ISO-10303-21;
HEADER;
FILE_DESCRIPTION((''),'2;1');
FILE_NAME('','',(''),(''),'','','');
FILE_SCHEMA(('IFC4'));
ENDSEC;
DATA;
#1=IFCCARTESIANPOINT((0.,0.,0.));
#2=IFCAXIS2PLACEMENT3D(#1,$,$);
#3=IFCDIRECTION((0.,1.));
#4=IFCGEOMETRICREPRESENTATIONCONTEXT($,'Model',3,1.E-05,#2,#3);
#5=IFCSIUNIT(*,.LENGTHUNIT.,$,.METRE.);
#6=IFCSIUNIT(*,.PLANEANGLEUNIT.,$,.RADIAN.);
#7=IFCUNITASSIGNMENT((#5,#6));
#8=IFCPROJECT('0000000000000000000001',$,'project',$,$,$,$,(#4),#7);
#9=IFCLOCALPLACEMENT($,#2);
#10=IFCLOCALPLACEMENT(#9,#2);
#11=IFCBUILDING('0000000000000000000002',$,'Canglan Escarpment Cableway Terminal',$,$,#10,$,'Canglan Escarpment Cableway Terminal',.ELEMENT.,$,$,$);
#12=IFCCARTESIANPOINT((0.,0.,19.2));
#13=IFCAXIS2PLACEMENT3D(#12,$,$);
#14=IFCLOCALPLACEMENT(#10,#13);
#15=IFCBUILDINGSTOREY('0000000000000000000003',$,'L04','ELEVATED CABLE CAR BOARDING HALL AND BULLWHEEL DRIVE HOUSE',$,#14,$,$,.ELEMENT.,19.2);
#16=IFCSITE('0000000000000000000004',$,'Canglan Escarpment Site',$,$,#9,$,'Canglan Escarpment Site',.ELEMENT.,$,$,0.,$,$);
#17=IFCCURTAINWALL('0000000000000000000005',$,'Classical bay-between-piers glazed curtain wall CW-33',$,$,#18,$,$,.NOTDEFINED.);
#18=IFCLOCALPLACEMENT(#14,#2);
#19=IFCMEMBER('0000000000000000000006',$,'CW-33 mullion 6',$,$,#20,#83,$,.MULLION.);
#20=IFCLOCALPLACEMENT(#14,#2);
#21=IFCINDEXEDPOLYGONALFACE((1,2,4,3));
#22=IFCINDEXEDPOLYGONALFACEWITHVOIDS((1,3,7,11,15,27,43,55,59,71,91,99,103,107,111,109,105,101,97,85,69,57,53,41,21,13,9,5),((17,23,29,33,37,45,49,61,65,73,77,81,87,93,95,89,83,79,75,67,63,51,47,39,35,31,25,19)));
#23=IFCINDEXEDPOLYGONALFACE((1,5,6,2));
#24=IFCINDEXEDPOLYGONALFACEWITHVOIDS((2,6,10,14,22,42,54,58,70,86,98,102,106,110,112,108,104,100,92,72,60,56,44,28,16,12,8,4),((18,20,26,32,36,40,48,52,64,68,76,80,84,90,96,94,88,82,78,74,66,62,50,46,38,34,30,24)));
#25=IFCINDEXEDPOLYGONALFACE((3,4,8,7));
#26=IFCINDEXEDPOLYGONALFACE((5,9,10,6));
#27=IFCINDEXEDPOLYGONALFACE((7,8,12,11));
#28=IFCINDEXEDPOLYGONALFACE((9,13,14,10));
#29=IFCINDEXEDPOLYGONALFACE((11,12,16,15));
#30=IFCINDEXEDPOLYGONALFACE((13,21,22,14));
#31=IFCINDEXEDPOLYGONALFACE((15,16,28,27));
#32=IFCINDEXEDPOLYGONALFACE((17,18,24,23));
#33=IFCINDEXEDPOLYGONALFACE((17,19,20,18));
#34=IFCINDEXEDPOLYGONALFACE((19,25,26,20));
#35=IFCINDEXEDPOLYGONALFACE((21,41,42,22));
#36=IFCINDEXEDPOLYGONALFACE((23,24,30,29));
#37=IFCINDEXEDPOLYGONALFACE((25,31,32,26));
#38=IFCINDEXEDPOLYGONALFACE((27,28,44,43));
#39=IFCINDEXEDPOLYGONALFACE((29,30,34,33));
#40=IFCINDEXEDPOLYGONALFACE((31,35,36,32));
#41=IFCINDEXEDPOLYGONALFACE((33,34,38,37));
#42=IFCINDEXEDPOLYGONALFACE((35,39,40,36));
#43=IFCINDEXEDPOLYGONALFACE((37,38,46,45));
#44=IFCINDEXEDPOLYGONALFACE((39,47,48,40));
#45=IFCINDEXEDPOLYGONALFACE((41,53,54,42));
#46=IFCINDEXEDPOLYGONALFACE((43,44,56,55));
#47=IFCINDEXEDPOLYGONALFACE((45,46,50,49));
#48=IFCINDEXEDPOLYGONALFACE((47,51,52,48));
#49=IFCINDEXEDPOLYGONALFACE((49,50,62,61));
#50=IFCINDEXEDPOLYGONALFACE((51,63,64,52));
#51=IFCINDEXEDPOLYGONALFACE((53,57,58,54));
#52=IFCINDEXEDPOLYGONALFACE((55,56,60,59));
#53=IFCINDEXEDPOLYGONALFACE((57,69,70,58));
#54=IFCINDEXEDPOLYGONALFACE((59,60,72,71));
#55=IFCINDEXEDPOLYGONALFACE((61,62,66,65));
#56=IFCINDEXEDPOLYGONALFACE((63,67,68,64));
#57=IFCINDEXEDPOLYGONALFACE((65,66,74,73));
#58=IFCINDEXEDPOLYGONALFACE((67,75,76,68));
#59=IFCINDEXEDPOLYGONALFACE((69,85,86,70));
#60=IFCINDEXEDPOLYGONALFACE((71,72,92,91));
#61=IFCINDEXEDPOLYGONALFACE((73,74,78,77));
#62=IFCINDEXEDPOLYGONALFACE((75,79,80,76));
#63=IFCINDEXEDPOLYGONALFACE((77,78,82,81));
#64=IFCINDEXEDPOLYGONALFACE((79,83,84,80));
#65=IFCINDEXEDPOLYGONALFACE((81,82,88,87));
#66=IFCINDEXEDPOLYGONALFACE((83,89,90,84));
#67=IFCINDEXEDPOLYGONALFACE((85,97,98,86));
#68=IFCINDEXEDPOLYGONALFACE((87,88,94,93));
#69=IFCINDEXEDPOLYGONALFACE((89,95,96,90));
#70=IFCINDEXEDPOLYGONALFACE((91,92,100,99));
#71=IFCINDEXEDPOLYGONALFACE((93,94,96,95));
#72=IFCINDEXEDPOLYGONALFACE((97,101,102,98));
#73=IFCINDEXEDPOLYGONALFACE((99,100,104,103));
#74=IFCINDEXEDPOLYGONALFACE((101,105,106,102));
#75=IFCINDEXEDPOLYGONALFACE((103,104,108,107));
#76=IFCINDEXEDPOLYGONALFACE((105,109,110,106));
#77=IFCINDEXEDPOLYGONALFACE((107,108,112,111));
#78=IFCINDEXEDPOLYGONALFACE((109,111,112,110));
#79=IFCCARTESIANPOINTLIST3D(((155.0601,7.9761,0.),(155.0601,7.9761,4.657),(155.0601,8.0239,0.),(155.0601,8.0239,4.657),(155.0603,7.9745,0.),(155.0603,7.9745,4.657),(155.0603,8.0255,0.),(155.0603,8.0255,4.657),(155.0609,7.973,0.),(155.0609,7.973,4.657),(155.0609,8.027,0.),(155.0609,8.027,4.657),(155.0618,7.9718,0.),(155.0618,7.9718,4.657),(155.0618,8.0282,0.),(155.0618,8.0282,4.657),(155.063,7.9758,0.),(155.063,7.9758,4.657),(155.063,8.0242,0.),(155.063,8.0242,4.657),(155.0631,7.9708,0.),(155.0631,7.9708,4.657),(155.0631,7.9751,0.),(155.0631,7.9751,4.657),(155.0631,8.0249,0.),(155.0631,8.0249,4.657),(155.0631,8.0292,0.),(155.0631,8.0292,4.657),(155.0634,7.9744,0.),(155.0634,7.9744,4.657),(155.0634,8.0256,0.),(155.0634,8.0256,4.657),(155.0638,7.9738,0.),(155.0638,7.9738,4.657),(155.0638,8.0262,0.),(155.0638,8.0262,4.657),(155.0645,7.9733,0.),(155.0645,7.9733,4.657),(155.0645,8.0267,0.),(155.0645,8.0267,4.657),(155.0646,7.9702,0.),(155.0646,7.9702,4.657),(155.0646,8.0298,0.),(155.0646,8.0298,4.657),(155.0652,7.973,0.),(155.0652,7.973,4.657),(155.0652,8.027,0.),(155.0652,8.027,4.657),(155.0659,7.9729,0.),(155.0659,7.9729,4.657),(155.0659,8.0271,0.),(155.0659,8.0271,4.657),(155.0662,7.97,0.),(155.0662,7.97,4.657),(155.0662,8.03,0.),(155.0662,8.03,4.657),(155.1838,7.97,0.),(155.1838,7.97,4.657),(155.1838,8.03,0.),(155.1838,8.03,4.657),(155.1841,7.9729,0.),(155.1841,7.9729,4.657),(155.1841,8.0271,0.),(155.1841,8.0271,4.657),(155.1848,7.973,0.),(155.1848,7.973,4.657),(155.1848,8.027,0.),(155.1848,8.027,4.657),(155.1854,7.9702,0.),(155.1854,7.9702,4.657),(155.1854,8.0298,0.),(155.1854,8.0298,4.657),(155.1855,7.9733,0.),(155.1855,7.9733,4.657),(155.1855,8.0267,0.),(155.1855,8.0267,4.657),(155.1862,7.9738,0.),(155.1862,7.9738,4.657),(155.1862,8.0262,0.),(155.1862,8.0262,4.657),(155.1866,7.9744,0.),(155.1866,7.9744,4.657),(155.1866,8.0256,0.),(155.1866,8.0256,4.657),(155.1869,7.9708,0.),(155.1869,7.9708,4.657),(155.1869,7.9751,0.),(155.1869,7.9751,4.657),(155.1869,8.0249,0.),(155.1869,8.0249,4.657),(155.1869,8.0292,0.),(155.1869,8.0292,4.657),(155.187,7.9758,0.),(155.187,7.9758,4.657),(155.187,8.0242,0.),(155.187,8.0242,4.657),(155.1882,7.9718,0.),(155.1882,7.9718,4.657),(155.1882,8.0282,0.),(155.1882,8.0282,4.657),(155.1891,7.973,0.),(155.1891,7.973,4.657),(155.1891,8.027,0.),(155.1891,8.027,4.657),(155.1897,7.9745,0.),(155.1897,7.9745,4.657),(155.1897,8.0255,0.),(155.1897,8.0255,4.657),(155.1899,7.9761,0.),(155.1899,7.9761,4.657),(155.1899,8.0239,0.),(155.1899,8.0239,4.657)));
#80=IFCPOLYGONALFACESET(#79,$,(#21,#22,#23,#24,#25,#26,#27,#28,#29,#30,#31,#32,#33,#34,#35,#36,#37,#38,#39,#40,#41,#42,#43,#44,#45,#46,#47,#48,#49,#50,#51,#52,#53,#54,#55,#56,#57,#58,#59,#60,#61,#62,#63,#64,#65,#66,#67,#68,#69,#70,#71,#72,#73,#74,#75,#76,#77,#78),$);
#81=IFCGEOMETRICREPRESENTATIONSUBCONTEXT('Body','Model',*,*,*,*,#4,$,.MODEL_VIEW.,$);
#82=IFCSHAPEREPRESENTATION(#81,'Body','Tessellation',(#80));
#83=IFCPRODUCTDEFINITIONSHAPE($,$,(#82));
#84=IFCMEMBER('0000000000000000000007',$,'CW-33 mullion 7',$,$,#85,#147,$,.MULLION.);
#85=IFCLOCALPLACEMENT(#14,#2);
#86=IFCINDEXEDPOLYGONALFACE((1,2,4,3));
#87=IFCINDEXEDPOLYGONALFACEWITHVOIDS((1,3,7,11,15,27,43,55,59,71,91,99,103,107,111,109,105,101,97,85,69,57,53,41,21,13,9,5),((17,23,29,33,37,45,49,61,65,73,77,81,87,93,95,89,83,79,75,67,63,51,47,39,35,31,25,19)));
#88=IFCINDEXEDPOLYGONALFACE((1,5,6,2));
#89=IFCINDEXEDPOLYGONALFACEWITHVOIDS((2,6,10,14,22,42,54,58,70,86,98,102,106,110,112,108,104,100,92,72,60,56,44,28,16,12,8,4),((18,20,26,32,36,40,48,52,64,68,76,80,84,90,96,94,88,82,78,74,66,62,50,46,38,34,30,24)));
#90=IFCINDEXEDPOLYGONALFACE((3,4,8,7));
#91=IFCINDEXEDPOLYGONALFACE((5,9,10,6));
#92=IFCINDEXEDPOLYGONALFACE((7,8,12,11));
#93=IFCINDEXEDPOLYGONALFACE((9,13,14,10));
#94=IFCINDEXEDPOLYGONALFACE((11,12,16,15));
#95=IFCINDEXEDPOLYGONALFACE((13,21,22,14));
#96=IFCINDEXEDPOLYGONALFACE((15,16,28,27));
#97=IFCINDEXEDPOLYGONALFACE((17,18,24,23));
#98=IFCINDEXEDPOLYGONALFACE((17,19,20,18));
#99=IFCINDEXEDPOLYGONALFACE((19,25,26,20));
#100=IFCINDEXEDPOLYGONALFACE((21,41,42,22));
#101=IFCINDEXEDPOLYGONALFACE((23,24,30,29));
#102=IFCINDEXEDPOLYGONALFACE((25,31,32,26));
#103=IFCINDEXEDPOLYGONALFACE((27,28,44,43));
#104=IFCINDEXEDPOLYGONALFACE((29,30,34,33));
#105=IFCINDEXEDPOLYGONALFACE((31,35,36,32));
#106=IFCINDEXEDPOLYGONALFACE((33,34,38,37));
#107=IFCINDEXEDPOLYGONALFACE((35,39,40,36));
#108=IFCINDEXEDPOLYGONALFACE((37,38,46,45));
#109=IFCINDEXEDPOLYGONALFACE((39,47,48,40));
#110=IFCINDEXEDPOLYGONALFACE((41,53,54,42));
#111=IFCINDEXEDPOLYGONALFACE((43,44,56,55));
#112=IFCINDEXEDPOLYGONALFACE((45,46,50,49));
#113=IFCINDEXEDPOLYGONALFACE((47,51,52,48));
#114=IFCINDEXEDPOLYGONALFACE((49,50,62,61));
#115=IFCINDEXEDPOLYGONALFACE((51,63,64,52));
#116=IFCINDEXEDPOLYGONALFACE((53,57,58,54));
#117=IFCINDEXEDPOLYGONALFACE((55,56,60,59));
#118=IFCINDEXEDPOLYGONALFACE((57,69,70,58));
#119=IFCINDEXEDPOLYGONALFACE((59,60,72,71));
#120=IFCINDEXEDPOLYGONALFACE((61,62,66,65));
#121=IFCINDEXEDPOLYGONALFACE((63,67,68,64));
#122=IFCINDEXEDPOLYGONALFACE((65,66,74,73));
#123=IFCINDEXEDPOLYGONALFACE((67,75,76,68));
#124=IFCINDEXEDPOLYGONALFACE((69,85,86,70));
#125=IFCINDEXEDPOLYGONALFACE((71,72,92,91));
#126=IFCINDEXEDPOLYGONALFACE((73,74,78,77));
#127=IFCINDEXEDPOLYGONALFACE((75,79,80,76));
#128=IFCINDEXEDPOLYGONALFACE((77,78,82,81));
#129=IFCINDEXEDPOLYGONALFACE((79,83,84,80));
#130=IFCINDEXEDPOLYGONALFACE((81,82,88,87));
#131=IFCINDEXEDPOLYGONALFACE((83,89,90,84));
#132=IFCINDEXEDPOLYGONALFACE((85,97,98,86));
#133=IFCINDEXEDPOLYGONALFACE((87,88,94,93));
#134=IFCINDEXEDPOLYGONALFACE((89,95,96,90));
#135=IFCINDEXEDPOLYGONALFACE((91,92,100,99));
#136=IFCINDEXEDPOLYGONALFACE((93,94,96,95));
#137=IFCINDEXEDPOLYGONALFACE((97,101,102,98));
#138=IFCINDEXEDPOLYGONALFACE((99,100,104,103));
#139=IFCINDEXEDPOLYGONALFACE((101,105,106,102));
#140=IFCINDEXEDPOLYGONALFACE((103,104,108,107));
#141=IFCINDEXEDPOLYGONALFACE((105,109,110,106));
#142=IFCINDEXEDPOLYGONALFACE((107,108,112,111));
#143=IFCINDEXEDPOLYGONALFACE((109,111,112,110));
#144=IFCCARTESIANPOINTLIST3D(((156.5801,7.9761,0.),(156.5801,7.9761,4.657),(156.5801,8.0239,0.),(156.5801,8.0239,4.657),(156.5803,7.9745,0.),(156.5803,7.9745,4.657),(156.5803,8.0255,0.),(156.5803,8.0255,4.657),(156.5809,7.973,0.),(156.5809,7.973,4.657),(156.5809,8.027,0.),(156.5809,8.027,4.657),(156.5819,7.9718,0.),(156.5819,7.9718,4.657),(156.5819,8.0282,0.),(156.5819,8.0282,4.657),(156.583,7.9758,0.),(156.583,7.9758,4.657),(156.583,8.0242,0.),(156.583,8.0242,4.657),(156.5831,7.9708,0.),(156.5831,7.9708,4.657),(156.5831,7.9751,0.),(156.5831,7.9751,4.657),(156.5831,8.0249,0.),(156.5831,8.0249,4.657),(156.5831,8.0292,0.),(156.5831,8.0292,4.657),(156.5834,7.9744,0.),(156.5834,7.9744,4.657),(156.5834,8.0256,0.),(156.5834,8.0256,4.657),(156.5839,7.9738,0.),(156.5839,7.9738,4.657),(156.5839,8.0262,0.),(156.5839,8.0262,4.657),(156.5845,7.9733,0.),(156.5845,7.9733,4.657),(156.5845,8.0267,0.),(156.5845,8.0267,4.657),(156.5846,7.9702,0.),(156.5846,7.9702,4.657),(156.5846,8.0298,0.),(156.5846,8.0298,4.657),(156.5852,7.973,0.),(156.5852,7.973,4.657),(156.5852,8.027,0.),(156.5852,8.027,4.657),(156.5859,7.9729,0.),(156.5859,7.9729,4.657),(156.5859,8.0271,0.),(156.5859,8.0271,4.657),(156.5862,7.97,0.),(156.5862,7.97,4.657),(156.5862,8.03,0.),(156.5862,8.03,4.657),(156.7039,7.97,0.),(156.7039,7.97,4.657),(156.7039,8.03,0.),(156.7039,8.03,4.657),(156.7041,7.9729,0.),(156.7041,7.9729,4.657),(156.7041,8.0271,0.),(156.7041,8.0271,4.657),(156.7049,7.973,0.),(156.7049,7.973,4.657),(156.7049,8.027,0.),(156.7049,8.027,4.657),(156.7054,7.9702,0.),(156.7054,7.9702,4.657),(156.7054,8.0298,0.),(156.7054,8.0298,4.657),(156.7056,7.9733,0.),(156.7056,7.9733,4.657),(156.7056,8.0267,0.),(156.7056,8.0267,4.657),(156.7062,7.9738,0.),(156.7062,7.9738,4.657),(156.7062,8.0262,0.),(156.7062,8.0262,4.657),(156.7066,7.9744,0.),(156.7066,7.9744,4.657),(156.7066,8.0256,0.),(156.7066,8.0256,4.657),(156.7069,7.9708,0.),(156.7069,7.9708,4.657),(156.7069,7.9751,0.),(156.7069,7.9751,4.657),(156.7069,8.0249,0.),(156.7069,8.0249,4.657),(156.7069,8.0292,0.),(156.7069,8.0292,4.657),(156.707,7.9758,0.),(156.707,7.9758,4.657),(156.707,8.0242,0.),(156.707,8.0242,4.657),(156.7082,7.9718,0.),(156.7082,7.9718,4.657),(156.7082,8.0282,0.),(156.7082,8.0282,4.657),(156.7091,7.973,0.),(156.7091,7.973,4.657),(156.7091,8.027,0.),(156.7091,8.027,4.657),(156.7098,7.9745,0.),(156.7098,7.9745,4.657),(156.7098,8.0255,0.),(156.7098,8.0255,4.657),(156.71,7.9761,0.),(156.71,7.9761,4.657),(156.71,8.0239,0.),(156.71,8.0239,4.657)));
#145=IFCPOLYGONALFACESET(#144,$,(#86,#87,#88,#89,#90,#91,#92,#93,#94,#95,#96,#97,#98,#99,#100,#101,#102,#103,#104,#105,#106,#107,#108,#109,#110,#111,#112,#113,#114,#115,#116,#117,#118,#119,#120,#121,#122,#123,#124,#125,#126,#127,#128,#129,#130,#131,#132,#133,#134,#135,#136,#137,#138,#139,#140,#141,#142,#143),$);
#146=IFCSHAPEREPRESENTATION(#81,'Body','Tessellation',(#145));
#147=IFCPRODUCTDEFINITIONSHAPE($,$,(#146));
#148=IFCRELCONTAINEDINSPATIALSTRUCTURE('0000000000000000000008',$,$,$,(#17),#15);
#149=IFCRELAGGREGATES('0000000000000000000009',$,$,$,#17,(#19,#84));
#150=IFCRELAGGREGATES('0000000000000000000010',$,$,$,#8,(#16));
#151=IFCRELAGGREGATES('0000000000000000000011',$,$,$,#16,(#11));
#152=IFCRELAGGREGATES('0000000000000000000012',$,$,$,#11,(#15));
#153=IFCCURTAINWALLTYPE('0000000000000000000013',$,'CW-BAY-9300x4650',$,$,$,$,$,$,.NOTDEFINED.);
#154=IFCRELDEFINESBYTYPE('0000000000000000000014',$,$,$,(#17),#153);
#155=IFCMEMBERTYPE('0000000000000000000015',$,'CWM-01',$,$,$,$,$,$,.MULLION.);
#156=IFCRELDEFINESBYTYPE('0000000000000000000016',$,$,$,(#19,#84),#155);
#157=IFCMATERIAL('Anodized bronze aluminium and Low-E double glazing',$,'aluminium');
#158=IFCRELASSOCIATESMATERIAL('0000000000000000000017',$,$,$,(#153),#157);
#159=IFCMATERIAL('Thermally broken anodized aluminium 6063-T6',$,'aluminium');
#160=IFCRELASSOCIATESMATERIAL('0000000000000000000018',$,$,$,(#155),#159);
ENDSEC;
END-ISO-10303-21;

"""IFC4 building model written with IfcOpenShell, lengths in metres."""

from ifc_helpers import new_model, si_unit, direction, frame, origin, origin_2d, place, context, subcontext, project, spatial, hollow_rectangle, extrude, material, material_profile, profile_set, type_object, element, aggregate, save


model = new_model("IFC4")

# Units and contexts
model_context = context("Model", 3, precision=1e-05, world=origin(), true_north=direction((0.0, 1.0)))
body_context = subcontext(model_context, "Body", "Model", "MODEL_VIEW")
ifc_project = project(units=[si_unit("LENGTHUNIT", "METRE"), si_unit("PLANEANGLEUNIT", "RADIAN")], contexts=[model_context])

# Site, building, storey
site_placement = place(None, origin())
site = spatial("IfcSite", under=ifc_project, at=site_placement, Name="Canglan Escarpment Site", LongName="Canglan Escarpment Site", CompositionType="ELEMENT", RefElevation=0.0)
building_placement = place(site_placement, origin())
building = spatial("IfcBuilding", under=site, at=building_placement, Name="Canglan Escarpment Cableway Terminal", LongName="Canglan Escarpment Cableway Terminal", CompositionType="ELEMENT")
storey_placement = place(building_placement, frame((0.0, 0.0, 19.2)))
storey = spatial("IfcBuildingStorey", under=building, at=storey_placement, Name="L04", Description="ELEVATED CABLE CAR BOARDING HALL AND BULLWHEEL DRIVE HOUSE", CompositionType="ELEMENT", Elevation=19.2)

# Curtain wall, members
ifc_material_1 = material(Name="Anodized bronze aluminium and Low-E double glazing", Category="aluminium")
curtain_wall_type = type_object("IfcCurtainWallType", Name="CW-BAY-9300x4650", PredefinedType="NOTDEFINED", material=ifc_material_1)
curtain_wall_1_placement = place(storey_placement, origin())
curtain_wall_1 = element("IfcCurtainWall", 1, at=curtain_wall_1_placement, inside=storey, type_object=curtain_wall_type, Name="Classical bay-between-piers glazed curtain wall CW-33", PredefinedType="NOTDEFINED")
ifc_material_2 = material(Name="Thermally broken anodized aluminium 6063-T6", Category="aluminium")
ifc_material_profile_1 = material_profile(ifc_material_2, hollow_rectangle(XDim=0.0601, YDim=0.1299, WallThickness=0.0029, InnerFilletRadius=0.0029, OuterFilletRadius=0.0061, at=origin_2d()), Name="ALU-MULL 60x130x3")
ifc_profile_set_1 = profile_set([ifc_material_profile_1], Name="Thermally broken anodized aluminium 6063-T6")
member_type_1 = type_object("IfcMemberType", Name="CWM-01", PredefinedType="MULLION", material=ifc_profile_set_1)
member_1_placement = place(storey_placement, frame((155.125, 8.0, 0.0), z_axis=(0.0, 0.0, 1.0), x_axis=(0.0, 1.0, 0.0)))
member_1 = element("IfcMember", 2, at=member_1_placement, type_object=member_type_1, Name="CW-33 mullion 6", PredefinedType="MULLION", context=body_context, shape_type="SweptSolid", body=[
    extrude(hollow_rectangle(XDim=0.0601, YDim=0.1299, WallThickness=0.0029, InnerFilletRadius=0.0029, OuterFilletRadius=0.0061, at=origin_2d()), origin(), (0.0, 0.0, 1.0), 4.657),
])
member_2_placement = place(storey_placement, frame((156.645, 8.0, 0.0), z_axis=(0.0, 0.0, 1.0), x_axis=(0.0, 1.0, 0.0)))
member_2 = element("IfcMember", 3, at=member_2_placement, type_object=member_type_1, Name="CW-33 mullion 7", PredefinedType="MULLION", context=body_context, shape_type="SweptSolid", body=[
    extrude(hollow_rectangle(XDim=0.0601, YDim=0.1299, WallThickness=0.0029, InnerFilletRadius=0.0029, OuterFilletRadius=0.0061, at=origin_2d()), origin(), (0.0, 0.0, 1.0), 4.657),
])

aggregate(curtain_wall_1, [member_1, member_2])

save(model, "model.ifc")
